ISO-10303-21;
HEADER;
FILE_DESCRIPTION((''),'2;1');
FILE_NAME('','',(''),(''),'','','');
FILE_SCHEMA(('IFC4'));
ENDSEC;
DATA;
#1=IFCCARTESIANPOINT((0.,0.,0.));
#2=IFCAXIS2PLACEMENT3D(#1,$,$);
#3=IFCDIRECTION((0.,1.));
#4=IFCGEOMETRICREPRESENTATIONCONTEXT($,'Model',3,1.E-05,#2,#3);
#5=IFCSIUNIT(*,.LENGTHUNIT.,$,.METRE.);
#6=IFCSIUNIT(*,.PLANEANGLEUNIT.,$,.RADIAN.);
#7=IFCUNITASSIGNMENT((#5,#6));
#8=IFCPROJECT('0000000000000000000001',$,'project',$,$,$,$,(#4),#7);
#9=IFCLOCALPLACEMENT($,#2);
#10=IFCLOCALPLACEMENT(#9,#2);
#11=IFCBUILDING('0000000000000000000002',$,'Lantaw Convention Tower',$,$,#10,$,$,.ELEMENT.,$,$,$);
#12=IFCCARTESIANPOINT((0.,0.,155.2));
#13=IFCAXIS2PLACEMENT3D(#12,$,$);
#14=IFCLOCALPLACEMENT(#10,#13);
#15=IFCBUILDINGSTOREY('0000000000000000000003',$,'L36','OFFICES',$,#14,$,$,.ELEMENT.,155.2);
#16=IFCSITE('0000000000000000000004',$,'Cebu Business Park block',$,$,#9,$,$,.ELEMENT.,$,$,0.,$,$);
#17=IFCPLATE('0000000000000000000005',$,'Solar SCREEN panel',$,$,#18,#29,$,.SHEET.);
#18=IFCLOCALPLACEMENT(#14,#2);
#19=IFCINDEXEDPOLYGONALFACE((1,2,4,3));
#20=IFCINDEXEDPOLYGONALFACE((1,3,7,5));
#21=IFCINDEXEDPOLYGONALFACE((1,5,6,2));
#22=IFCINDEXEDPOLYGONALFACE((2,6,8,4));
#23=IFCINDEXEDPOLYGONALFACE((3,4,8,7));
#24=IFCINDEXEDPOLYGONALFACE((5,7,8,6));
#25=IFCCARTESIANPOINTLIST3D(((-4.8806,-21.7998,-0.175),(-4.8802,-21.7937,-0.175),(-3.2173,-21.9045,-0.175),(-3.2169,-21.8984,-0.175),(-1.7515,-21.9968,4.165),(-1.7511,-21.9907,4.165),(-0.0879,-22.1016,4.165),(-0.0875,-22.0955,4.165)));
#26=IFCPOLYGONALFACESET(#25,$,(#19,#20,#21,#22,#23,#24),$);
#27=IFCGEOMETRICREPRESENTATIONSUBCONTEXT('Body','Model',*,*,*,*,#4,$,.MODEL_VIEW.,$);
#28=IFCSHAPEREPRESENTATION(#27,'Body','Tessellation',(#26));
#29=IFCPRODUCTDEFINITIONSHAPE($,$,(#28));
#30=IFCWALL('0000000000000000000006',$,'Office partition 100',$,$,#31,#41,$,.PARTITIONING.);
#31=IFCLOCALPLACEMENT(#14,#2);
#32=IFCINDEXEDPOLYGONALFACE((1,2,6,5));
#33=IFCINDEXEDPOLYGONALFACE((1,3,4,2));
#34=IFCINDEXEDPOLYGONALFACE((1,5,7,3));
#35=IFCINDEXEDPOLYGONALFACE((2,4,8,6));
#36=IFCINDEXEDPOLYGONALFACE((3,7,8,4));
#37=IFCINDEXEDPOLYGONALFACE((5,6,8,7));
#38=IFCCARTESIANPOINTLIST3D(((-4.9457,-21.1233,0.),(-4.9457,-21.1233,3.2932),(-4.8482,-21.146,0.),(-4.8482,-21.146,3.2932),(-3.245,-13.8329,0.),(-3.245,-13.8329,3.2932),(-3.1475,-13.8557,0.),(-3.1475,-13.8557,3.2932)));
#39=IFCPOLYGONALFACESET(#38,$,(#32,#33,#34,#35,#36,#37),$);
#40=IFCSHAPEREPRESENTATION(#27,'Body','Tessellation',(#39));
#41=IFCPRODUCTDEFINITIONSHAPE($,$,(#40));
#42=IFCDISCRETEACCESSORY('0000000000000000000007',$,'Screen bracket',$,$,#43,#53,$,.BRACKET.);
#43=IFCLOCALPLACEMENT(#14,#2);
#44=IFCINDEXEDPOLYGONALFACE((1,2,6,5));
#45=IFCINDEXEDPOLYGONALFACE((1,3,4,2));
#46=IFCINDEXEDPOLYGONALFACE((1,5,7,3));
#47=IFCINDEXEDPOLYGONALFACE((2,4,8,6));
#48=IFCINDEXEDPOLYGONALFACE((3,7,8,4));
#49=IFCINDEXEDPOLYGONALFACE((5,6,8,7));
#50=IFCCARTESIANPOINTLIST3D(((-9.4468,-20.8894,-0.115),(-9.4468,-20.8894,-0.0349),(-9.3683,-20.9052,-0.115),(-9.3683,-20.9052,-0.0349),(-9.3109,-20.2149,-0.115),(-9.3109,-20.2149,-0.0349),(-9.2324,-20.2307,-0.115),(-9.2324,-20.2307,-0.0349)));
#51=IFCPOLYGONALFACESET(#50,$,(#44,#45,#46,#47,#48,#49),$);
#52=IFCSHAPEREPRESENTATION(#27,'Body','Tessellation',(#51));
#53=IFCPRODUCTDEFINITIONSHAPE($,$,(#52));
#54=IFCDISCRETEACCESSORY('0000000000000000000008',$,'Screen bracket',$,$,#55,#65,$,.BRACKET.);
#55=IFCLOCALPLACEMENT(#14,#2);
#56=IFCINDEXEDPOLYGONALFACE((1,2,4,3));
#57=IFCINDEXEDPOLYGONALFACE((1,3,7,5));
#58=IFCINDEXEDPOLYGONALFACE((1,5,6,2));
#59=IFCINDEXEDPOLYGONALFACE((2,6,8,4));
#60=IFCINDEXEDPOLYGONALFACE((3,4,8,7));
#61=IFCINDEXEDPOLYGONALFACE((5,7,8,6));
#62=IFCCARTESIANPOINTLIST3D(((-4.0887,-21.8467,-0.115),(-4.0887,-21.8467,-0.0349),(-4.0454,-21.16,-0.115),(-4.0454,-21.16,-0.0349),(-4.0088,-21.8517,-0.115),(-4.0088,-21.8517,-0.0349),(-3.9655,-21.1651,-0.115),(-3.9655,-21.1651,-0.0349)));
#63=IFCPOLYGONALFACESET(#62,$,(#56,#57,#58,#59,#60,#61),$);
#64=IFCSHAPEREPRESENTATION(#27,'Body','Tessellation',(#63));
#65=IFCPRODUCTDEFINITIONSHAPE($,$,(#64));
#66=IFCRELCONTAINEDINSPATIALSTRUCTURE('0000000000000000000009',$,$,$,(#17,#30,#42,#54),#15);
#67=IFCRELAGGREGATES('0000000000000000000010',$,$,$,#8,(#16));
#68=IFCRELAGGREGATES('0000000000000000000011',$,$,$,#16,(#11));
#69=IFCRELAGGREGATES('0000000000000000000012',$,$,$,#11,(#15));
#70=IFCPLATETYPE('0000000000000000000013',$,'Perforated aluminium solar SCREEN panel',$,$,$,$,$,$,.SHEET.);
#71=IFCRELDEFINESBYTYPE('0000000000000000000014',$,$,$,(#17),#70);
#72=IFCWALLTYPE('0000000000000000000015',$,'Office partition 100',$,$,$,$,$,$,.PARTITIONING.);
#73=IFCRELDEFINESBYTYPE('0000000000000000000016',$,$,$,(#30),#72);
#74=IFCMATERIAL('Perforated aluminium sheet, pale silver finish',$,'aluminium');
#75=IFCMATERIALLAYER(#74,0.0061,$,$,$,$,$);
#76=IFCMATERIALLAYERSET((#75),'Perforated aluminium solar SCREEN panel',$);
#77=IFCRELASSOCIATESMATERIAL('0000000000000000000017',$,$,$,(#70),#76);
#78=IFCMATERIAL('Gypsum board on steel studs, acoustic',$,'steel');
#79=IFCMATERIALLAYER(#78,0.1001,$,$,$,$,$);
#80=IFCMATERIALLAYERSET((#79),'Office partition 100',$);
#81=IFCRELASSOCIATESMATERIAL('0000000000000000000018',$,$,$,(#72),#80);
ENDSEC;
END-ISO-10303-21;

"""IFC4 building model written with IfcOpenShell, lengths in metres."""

from ifc_helpers import new_model, si_unit, direction, frame, frame_2d, origin, origin_2d, place, context, subcontext, project, spatial, polyline, rectangle, outline, extrude, material, layer, layer_set, type_object, element, save


model = new_model("IFC4")

# Units and contexts
model_context = context("Model", 3, precision=1e-05, world=origin(), true_north=direction((0.0, 1.0)))
body_context = subcontext(model_context, "Body", "Model", "MODEL_VIEW")
ifc_project = project(units=[si_unit("LENGTHUNIT", "METRE"), si_unit("PLANEANGLEUNIT", "RADIAN")], contexts=[model_context])

# Site, building, storey
site_placement = place(None, origin())
site = spatial("IfcSite", under=ifc_project, at=site_placement, Name="Cebu Business Park block", CompositionType="ELEMENT", RefElevation=0.0)
building_placement = place(site_placement, origin())
building = spatial("IfcBuilding", under=site, at=building_placement, Name="Lantaw Convention Tower", CompositionType="ELEMENT")
storey_placement = place(building_placement, frame((0.0, 0.0, 155.2)))
storey = spatial("IfcBuildingStorey", under=building, at=storey_placement, Name="L36", Description="OFFICES", CompositionType="ELEMENT", Elevation=155.2)

# Plate
ifc_material_1 = material(Name="Perforated aluminium sheet, pale silver finish", Category="aluminium")
ifc_layer_1 = layer(ifc_material_1, 0.0061)
ifc_layer_set_1 = layer_set([ifc_layer_1], Name="Perforated aluminium solar SCREEN panel")
plate_type_1 = type_object("IfcPlateType", Name="Perforated aluminium solar SCREEN panel", PredefinedType="SHEET", material=ifc_layer_set_1)
plate_1_placement = place(storey_placement, frame((-4.8806, -21.7998, -0.175), z_axis=(-0.062839, -0.998024, 0.000002), x_axis=(0.998024, -0.062839, 0.0)))
element("IfcPlate", 1, at=plate_1_placement, inside=storey, type_object=plate_type_1, Name="Solar SCREEN panel", PredefinedType="SHEET", context=body_context, shape_type="SweptSolid", body=[
    extrude(outline(polyline([(0.0, 0.0), (1.6666, 0.0), (4.8022, 4.3401), (3.1353, 4.3401), (0.0, 0.0)])), origin(), (0.0, 0.0, -1.0), 0.0061),
])

# Wall
ifc_material_2 = material(Name="Gypsum board on steel studs, acoustic", Category="steel")
ifc_layer_2 = layer(ifc_material_2, 0.1001)
ifc_layer_set_2 = layer_set([ifc_layer_2], Name="Office partition 100")
wall_type = type_object("IfcWallType", Name="Office partition 100", PredefinedType="PARTITIONING", material=ifc_layer_set_2)
wall_placement = place(storey_placement, frame((-4.897, -21.1348, 0.0), z_axis=(0.0, 0.0, 1.0), x_axis=(0.227181, 0.973853, 0.0)))
element("IfcWall", 2, at=wall_placement, inside=storey, type_object=wall_type, Name="Office partition 100", PredefinedType="PARTITIONING", context=body_context, shape_type="SweptSolid", body=[
    extrude(rectangle(XDim=7.4861, YDim=0.1001, at=frame_2d((3.7432, 0.0))), origin(), (0.0, 0.0, 1.0), 3.2932),
])

# Discrete accessories
for number, where, z_axis, x_axis, name in (
    (3, (-9.3396, -20.5601, -0.115), (0.0, 0.0, 1.0), (0.980302, -0.197507, 0.0), "Screen bracket"),
    (4, (-4.0271, -21.5059, -0.115), (0.0, 0.0, 1.0), (0.998022, -0.062865, 0.0), "Screen bracket"),
):
    element("IfcDiscreteAccessory", number, at=place(storey_placement, frame(where, z_axis=z_axis, x_axis=x_axis)), inside=storey, Name=name, PredefinedType="BRACKET", context=body_context, shape_type="SweptSolid", body=[
        extrude(rectangle(XDim=0.0801, YDim=0.688, at=origin_2d()), origin(), (0.0, 0.0, 1.0), 0.0801),
    ])

save(model, "model.ifc")
